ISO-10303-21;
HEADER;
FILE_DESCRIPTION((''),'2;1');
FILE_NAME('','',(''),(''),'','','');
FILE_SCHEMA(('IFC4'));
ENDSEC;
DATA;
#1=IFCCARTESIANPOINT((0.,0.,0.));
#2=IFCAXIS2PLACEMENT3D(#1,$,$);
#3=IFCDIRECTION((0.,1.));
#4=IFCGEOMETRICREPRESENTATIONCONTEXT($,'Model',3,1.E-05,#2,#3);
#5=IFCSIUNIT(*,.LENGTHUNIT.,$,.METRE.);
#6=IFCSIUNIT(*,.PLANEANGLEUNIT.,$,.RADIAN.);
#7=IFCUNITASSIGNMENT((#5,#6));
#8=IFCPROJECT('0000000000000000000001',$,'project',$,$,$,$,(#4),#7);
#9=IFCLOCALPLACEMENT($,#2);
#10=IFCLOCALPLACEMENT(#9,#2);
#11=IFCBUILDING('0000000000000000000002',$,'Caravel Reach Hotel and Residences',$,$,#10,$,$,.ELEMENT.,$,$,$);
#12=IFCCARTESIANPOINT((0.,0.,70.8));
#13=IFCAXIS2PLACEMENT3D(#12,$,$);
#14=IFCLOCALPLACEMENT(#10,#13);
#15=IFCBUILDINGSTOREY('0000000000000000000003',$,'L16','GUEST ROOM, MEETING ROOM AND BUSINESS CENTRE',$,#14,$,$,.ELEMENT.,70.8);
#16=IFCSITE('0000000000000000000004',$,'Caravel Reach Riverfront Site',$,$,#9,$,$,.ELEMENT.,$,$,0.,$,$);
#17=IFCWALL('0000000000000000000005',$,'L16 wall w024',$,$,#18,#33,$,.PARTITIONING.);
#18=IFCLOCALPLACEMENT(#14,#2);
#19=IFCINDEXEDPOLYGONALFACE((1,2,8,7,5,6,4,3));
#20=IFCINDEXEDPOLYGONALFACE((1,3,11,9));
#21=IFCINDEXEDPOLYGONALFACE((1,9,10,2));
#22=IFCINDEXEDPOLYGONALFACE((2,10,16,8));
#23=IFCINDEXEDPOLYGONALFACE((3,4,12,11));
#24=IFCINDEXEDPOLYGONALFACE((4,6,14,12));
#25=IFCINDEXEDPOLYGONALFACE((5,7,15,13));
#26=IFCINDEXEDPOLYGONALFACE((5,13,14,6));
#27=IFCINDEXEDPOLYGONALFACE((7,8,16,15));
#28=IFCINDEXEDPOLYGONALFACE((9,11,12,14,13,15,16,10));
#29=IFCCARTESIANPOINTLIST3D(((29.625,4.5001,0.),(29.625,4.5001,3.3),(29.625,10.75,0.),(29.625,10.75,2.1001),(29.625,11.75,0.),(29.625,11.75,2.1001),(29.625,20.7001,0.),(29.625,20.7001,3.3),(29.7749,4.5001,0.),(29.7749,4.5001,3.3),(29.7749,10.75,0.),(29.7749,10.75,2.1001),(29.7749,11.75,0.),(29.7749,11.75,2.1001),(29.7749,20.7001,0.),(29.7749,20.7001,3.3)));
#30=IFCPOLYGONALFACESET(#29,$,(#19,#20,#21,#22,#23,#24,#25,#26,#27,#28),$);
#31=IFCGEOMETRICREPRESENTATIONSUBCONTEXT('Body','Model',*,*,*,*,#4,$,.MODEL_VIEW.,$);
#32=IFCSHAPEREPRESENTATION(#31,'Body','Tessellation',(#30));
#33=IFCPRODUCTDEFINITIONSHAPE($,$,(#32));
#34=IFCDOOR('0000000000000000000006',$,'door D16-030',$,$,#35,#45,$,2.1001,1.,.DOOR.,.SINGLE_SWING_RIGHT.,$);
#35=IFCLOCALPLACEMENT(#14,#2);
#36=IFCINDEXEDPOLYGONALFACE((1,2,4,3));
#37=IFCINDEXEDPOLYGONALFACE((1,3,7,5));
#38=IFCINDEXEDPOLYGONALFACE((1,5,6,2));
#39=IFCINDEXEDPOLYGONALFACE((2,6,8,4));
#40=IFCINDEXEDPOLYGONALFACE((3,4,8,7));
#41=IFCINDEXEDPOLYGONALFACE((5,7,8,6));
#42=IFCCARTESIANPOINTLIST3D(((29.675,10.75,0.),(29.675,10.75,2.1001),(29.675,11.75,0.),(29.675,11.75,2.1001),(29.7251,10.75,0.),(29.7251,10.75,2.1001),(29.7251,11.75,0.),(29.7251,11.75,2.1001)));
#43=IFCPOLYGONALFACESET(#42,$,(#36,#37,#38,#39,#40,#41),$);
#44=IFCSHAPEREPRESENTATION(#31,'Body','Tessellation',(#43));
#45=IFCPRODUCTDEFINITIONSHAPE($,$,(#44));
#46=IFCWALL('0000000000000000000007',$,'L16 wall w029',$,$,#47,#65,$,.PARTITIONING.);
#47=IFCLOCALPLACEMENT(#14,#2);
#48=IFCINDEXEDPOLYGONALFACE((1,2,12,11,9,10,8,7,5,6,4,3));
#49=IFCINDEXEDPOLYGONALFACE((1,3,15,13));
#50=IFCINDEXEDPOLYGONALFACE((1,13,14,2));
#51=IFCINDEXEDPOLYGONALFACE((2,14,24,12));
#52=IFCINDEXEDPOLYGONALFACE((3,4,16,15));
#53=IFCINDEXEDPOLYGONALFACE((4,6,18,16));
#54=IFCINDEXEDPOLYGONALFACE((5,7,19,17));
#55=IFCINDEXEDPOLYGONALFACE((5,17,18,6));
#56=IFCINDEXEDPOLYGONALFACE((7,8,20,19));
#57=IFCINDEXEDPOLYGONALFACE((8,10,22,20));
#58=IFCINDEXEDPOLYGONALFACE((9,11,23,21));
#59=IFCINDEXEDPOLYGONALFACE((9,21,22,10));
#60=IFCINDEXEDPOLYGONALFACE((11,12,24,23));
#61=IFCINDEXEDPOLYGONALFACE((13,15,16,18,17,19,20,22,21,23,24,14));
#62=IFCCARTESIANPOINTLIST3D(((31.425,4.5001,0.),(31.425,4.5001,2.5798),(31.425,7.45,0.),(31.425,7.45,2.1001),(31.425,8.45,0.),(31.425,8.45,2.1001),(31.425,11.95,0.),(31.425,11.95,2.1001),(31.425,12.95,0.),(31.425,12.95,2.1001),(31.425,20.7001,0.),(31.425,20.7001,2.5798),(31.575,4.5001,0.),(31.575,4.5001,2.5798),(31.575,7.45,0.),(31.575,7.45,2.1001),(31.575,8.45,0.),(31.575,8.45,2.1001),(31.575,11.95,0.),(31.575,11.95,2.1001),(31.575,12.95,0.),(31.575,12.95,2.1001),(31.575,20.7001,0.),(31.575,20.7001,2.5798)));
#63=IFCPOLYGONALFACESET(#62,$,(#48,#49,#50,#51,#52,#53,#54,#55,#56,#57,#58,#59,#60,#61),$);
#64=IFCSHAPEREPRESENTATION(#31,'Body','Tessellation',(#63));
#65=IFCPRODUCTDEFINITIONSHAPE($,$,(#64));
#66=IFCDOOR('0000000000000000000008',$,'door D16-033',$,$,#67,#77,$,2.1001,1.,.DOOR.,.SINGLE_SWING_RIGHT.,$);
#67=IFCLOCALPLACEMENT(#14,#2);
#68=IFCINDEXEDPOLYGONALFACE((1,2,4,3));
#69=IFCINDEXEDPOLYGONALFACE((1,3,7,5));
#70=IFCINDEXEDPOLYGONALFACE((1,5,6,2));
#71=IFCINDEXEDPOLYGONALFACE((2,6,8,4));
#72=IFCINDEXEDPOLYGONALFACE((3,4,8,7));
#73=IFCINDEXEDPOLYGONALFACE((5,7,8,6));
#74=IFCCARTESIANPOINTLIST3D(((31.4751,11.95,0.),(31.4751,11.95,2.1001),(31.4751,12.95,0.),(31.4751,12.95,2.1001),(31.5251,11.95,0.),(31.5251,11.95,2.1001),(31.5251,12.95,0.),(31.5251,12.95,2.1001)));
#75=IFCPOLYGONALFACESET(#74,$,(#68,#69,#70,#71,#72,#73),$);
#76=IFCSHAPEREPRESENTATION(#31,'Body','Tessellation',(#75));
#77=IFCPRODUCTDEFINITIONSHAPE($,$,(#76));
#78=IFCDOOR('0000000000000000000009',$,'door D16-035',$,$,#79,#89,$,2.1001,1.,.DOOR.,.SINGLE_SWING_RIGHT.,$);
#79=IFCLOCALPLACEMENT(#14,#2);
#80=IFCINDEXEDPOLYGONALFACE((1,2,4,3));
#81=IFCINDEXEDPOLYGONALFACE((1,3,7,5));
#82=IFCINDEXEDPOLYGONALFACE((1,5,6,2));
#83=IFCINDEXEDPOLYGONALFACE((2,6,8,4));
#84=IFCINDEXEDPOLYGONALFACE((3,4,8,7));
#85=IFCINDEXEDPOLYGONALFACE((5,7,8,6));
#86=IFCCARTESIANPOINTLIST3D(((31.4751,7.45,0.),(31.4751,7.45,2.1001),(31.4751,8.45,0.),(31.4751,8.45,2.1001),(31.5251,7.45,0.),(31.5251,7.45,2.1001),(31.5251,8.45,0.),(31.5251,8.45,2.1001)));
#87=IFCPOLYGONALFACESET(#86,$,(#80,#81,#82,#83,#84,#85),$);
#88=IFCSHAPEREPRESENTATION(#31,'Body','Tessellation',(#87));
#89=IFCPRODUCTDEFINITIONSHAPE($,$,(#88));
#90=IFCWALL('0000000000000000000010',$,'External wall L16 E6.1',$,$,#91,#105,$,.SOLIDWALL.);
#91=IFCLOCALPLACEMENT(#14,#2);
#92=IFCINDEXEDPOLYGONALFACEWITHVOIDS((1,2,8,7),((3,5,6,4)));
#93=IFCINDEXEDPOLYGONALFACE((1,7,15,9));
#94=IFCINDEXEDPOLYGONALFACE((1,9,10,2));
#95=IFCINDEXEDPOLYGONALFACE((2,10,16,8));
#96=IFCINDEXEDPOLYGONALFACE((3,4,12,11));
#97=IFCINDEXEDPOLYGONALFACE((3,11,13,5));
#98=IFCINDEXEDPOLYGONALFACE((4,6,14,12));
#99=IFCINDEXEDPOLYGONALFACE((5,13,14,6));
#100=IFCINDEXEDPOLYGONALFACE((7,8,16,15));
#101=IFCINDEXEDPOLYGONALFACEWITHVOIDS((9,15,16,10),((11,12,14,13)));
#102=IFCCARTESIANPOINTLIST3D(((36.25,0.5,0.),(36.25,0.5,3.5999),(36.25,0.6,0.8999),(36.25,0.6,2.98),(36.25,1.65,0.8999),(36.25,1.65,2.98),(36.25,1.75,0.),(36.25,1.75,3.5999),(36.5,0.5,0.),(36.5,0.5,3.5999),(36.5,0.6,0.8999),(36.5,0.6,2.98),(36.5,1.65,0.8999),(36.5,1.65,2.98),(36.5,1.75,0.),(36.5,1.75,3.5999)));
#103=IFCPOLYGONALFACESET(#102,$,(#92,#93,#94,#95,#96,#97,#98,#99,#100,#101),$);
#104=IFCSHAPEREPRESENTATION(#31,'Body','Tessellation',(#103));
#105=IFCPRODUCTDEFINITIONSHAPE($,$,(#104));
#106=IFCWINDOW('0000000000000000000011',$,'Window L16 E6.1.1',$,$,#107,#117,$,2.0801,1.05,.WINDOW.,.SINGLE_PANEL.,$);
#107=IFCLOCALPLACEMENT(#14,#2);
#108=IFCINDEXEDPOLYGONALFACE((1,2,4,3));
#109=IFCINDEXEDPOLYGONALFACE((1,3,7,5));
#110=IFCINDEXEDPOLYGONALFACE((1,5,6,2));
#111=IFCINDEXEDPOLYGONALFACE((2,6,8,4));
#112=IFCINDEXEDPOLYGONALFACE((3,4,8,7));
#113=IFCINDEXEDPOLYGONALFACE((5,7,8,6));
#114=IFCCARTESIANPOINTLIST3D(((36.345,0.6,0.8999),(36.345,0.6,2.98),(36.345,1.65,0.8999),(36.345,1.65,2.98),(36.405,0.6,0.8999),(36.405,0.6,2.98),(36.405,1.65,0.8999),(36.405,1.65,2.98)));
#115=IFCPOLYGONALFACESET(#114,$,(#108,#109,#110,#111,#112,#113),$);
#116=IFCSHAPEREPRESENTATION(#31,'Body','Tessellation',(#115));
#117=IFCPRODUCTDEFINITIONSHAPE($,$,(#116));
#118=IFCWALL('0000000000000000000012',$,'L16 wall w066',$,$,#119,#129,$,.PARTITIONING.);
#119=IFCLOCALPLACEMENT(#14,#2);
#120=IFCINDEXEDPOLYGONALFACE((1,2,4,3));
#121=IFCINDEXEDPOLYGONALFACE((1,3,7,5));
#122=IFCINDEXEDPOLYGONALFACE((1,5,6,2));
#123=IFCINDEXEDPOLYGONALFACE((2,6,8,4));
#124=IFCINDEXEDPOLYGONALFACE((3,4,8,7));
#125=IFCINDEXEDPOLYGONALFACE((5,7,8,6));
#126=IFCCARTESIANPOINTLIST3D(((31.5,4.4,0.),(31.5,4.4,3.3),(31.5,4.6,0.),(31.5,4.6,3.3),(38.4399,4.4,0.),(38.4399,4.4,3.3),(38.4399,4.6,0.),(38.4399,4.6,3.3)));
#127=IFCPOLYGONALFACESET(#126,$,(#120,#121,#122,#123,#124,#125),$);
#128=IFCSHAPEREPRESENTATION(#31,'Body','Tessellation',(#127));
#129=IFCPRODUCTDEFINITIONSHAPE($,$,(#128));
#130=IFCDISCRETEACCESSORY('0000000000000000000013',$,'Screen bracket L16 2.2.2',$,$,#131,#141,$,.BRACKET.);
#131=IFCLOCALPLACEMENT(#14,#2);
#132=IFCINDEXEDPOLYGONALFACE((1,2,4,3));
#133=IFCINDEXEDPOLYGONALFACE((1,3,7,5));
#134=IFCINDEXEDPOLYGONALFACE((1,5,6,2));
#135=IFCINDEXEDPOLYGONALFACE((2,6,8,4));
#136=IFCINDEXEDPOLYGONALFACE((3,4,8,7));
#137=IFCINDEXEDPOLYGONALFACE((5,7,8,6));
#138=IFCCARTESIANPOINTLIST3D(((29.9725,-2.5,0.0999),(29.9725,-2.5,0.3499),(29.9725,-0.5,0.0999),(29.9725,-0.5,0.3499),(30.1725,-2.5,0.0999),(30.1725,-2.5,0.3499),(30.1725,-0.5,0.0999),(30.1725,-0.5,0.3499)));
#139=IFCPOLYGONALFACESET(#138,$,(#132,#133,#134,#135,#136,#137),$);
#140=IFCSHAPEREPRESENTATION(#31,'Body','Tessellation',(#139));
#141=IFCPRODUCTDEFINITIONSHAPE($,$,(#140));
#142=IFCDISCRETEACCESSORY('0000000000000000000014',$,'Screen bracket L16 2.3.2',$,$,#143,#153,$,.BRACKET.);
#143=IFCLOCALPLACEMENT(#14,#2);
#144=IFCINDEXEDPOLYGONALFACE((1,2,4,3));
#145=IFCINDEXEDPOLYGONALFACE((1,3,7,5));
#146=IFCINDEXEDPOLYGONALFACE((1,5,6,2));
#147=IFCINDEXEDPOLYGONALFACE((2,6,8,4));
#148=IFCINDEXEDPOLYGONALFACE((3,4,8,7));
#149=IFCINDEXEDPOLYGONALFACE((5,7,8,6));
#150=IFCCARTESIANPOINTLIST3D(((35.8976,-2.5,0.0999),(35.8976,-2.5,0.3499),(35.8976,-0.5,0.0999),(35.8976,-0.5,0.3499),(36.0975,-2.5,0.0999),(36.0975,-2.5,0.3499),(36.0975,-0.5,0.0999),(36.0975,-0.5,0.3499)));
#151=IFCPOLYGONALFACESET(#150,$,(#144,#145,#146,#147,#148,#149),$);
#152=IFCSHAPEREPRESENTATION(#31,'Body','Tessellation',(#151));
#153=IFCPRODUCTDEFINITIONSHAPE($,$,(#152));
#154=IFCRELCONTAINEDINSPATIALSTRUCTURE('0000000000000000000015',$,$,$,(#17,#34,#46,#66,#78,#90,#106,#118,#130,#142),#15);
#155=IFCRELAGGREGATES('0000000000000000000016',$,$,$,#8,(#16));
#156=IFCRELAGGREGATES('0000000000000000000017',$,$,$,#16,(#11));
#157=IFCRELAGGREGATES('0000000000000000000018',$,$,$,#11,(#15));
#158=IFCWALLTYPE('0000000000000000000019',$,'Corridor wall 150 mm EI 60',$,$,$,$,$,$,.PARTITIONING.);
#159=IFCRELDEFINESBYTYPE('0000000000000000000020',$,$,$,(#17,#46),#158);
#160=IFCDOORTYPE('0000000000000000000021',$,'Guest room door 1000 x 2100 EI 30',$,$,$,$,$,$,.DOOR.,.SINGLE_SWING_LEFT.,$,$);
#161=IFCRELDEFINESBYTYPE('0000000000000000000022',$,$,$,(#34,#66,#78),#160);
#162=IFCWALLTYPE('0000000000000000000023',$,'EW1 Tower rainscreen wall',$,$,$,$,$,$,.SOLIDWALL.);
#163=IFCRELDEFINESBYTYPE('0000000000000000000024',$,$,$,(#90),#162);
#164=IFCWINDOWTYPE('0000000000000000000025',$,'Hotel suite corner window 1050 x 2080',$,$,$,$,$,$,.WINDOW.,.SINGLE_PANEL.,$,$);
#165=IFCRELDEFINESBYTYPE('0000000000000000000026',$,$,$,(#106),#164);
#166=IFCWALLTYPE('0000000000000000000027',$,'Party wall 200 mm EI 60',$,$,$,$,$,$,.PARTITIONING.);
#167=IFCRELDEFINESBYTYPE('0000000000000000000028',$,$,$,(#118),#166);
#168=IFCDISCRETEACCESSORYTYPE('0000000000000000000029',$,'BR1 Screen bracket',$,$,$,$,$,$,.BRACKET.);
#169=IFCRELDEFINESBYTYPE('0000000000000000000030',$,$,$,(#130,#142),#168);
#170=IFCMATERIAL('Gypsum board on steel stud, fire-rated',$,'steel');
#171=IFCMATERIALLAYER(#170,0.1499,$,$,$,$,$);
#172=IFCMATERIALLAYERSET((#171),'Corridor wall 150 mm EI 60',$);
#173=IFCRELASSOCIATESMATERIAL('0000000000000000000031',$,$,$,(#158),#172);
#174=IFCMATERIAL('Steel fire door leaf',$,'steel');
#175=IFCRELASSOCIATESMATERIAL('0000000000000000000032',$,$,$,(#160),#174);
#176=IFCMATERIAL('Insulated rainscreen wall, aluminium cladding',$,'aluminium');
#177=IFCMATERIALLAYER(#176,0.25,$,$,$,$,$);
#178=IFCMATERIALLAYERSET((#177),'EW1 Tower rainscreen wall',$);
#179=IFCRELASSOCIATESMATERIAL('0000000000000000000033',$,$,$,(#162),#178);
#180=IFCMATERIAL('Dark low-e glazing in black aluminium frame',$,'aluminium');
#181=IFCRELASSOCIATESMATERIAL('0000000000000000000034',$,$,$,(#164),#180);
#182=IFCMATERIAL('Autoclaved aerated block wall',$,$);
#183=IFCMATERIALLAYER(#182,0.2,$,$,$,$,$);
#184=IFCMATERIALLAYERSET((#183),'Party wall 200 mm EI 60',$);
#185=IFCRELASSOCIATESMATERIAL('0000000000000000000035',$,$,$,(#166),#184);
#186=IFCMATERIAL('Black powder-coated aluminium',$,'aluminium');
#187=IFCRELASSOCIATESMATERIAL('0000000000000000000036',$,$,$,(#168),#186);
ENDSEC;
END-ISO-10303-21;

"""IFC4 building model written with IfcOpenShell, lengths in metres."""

from ifc_helpers import new_model, si_unit, direction, frame, frame_2d, origin, origin_2d, place, context, subcontext, project, spatial, rectangle, extrude, material, layer, layer_set, type_object, element, fill, save


model = new_model("IFC4")

# Units and contexts
model_context = context("Model", 3, precision=1e-05, world=origin(), true_north=direction((0.0, 1.0)))
body_context = subcontext(model_context, "Body", "Model", "MODEL_VIEW")
ifc_project = project(units=[si_unit("LENGTHUNIT", "METRE"), si_unit("PLANEANGLEUNIT", "RADIAN")], contexts=[model_context])

# Site, building, storey
site_placement = place(None, origin())
site = spatial("IfcSite", under=ifc_project, at=site_placement, Name="Caravel Reach Riverfront Site", CompositionType="ELEMENT", RefElevation=0.0)
building_placement = place(site_placement, origin())
building = spatial("IfcBuilding", under=site, at=building_placement, Name="Caravel Reach Hotel and Residences", CompositionType="ELEMENT")
storey_placement = place(building_placement, frame((0.0, 0.0, 70.8)))
storey = spatial("IfcBuildingStorey", under=building, at=storey_placement, Name="L16", Description="GUEST ROOM, MEETING ROOM AND BUSINESS CENTRE", CompositionType="ELEMENT", Elevation=70.8)

# Wall, opening, door
ifc_material_1 = material(Name="Gypsum board on steel stud, fire-rated", Category="steel")
ifc_layer_1 = layer(ifc_material_1, 0.1499)
ifc_layer_set_1 = layer_set([ifc_layer_1], Name="Corridor wall 150 mm EI 60")
wall_type_1 = type_object("IfcWallType", Name="Corridor wall 150 mm EI 60", PredefinedType="PARTITIONING", material=ifc_layer_set_1)
ifc_material_2 = material(Name="Steel fire door leaf", Category="steel")
door_type_1 = type_object("IfcDoorType", Name="Guest room door 1000 x 2100 EI 30", OperationType="SINGLE_SWING_LEFT", PredefinedType="DOOR", material=ifc_material_2)
wall_1_placement = place(storey_placement, frame((29.7, 4.5, 0.0), z_axis=(0.0, 0.0, 1.0), x_axis=(0.0, 1.0, 0.0)))
wall_1 = element("IfcWall", 1, at=wall_1_placement, inside=storey, type_object=wall_type_1, Name="L16 wall w024", PredefinedType="PARTITIONING", context=body_context, shape_type="SweptSolid", body=[
    extrude(rectangle(XDim=16.2, YDim=0.1499, at=frame_2d((8.1001, 0.0))), origin(), (0.0, 0.0, 1.0), 3.3),
])
opening_1_placement = place(wall_1_placement, frame((6.25, 0.0, 0.0)))
opening_1 = element("IfcOpeningElement", 2, at=opening_1_placement, cuts=wall_1, PredefinedType="OPENING", context=body_context, shape_type="SweptSolid", body=[
    extrude(rectangle(XDim=1.0, YDim=2.1001, at=frame_2d((0.5, 1.05))), frame((0.0, 0.085, 0.0), z_axis=(0.0, -1.0, 0.0), x_axis=(1.0, 0.0, 0.0)), (0.0, 0.0, 1.0), 0.1699),
])
door_1_placement = place(opening_1_placement, origin())
door_1 = element("IfcDoor", 3, at=door_1_placement, inside=storey, type_object=door_type_1, Name="door D16-030", OperationType="SINGLE_SWING_RIGHT", OverallHeight=2.1001, OverallWidth=1.0, PredefinedType="DOOR", context=body_context, shape_type="SweptSolid", body=[
    extrude(rectangle(XDim=1.0, YDim=2.1001, at=frame_2d((0.5, 1.05))), frame((0.0, 0.0249, 0.0), z_axis=(0.0, -1.0, 0.0), x_axis=(1.0, 0.0, 0.0)), (0.0, 0.0, 1.0), 0.05),
])
fill(opening_1, door_1)

# Wall, openings, doors
wall_2_placement = place(storey_placement, frame((31.5, 4.5, 0.0), z_axis=(0.0, 0.0, 1.0), x_axis=(0.0, 1.0, 0.0)))
wall_2 = element("IfcWall", 4, at=wall_2_placement, inside=storey, type_object=wall_type_1, Name="L16 wall w029", PredefinedType="PARTITIONING", context=body_context, shape_type="SweptSolid", body=[
    extrude(rectangle(XDim=16.2, YDim=0.1499, at=frame_2d((8.1001, 0.0))), origin(), (0.0, 0.0, 1.0), 2.5798),
])
opening_2_placement = place(wall_2_placement, frame((7.45, 0.0, 0.0)))
opening_2 = element("IfcOpeningElement", 5, at=opening_2_placement, cuts=wall_2, PredefinedType="OPENING", context=body_context, shape_type="SweptSolid", body=[
    extrude(rectangle(XDim=1.0, YDim=2.1001, at=frame_2d((0.5, 1.05))), frame((0.0, 0.085, 0.0), z_axis=(0.0, -1.0, 0.0), x_axis=(1.0, 0.0, 0.0)), (0.0, 0.0, 1.0), 0.1699),
])
opening_3_placement = place(wall_2_placement, frame((2.95, 0.0, 0.0)))
opening_3 = element("IfcOpeningElement", 6, at=opening_3_placement, cuts=wall_2, PredefinedType="OPENING", context=body_context, shape_type="SweptSolid", body=[
    extrude(rectangle(XDim=1.0, YDim=2.1001, at=frame_2d((0.5, 1.05))), frame((0.0, 0.085, 0.0), z_axis=(0.0, -1.0, 0.0), x_axis=(1.0, 0.0, 0.0)), (0.0, 0.0, 1.0), 0.1699),
])
door_2_placement = place(opening_2_placement, origin())
door_2 = element("IfcDoor", 7, at=door_2_placement, inside=storey, type_object=door_type_1, Name="door D16-033", OperationType="SINGLE_SWING_RIGHT", OverallHeight=2.1001, OverallWidth=1.0, PredefinedType="DOOR", context=body_context, shape_type="SweptSolid", body=[
    extrude(rectangle(XDim=1.0, YDim=2.1001, at=frame_2d((0.5, 1.05))), frame((0.0, 0.0249, 0.0), z_axis=(0.0, -1.0, 0.0), x_axis=(1.0, 0.0, 0.0)), (0.0, 0.0, 1.0), 0.05),
])
fill(opening_2, door_2)
door_3_placement = place(opening_3_placement, origin())
door_3 = element("IfcDoor", 8, at=door_3_placement, inside=storey, type_object=door_type_1, Name="door D16-035", OperationType="SINGLE_SWING_RIGHT", OverallHeight=2.1001, OverallWidth=1.0, PredefinedType="DOOR", context=body_context, shape_type="SweptSolid", body=[
    extrude(rectangle(XDim=1.0, YDim=2.1001, at=frame_2d((0.5, 1.05))), frame((0.0, 0.0249, 0.0), z_axis=(0.0, -1.0, 0.0), x_axis=(1.0, 0.0, 0.0)), (0.0, 0.0, 1.0), 0.05),
])
fill(opening_3, door_3)

# Wall, opening, window
ifc_material_3 = material(Name="Insulated rainscreen wall, aluminium cladding", Category="aluminium")
ifc_layer_2 = layer(ifc_material_3, 0.25)
ifc_layer_set_2 = layer_set([ifc_layer_2], Name="EW1 Tower rainscreen wall")
wall_type_2 = type_object("IfcWallType", Name="EW1 Tower rainscreen wall", PredefinedType="SOLIDWALL", material=ifc_layer_set_2)
wall_3_placement = place(storey_placement, frame((36.375, 0.5, 0.0), z_axis=(0.0, 0.0, 1.0), x_axis=(0.0, 1.0, 0.0)))
wall_3 = element("IfcWall", 9, at=wall_3_placement, inside=storey, type_object=wall_type_2, Name="External wall L16 E6.1", PredefinedType="SOLIDWALL", context=body_context, shape_type="SweptSolid", body=[
    extrude(rectangle(XDim=1.25, YDim=0.25, at=frame_2d((0.625, 0.0))), origin(), (0.0, 0.0, 1.0), 3.5999),
])
opening_4_placement = place(wall_3_placement, frame((0.1001, 0.0, 0.8999)))
opening_4 = element("IfcOpeningElement", 10, at=opening_4_placement, cuts=wall_3, PredefinedType="OPENING", context=body_context, shape_type="SweptSolid", body=[
    extrude(rectangle(XDim=1.05, YDim=2.0801, at=frame_2d((0.5249, 1.04))), frame((0.0, 0.135, 0.0), z_axis=(0.0, -1.0, 0.0), x_axis=(1.0, 0.0, 0.0)), (0.0, 0.0, 1.0), 0.27),
])
ifc_material_4 = material(Name="Dark low-e glazing in black aluminium frame", Category="aluminium")
window_type = type_object("IfcWindowType", Name="Hotel suite corner window 1050 x 2080", PartitioningType="SINGLE_PANEL", PredefinedType="WINDOW", material=ifc_material_4)
window_placement = place(opening_4_placement, origin())
window = element("IfcWindow", 11, at=window_placement, inside=storey, type_object=window_type, Name="Window L16 E6.1.1", OverallHeight=2.0801, OverallWidth=1.05, PartitioningType="SINGLE_PANEL", PredefinedType="WINDOW", context=body_context, shape_type="SweptSolid", body=[
    extrude(rectangle(XDim=1.05, YDim=2.0801, at=frame_2d((0.5249, 1.04))), frame((0.0, 0.03, 0.0), z_axis=(0.0, -1.0, 0.0), x_axis=(1.0, 0.0, 0.0)), (0.0, 0.0, 1.0), 0.0601),
])
fill(opening_4, window)

# Wall
ifc_material_5 = material(Name="Autoclaved aerated block wall")
ifc_layer_3 = layer(ifc_material_5, 0.2)
ifc_layer_set_3 = layer_set([ifc_layer_3], Name="Party wall 200 mm EI 60")
wall_type_3 = type_object("IfcWallType", Name="Party wall 200 mm EI 60", PredefinedType="PARTITIONING", material=ifc_layer_set_3)
wall_4_placement = place(storey_placement, frame((31.5, 4.5, 0.0), z_axis=(0.0, 0.0, 1.0), x_axis=(1.0, 0.0, 0.0)))
element("IfcWall", 12, at=wall_4_placement, inside=storey, type_object=wall_type_3, Name="L16 wall w066", PredefinedType="PARTITIONING", context=body_context, shape_type="SweptSolid", body=[
    extrude(rectangle(XDim=6.9399, YDim=0.2, at=frame_2d((3.47, 0.0))), origin(), (0.0, 0.0, 1.0), 3.3),
])

# Discrete accessories
ifc_material_6 = material(Name="Black powder-coated aluminium", Category="aluminium")
discrete_accessory_type = type_object("IfcDiscreteAccessoryType", Name="BR1 Screen bracket", PredefinedType="BRACKET", material=ifc_material_6)
for number, where, z_axis, x_axis, name in (
    (13, (30.0725, -1.5, 0.0999), (0.0, 0.0, 1.0), (0.0, -1.0, 0.0), "Screen bracket L16 2.2.2"),
    (14, (35.9976, -1.5, 0.0999), (0.0, 0.0, 1.0), (0.0, -1.0, 0.0), "Screen bracket L16 2.3.2"),
):
    element("IfcDiscreteAccessory", number, at=place(storey_placement, frame(where, z_axis=z_axis, x_axis=x_axis)), inside=storey, type_object=discrete_accessory_type, Name=name, PredefinedType="BRACKET", context=body_context, shape_type="SweptSolid", body=[
        extrude(rectangle(XDim=2.0, YDim=0.2, at=origin_2d()), origin(), (0.0, 0.0, 1.0), 0.25),
    ])

save(model, "model.ifc")
